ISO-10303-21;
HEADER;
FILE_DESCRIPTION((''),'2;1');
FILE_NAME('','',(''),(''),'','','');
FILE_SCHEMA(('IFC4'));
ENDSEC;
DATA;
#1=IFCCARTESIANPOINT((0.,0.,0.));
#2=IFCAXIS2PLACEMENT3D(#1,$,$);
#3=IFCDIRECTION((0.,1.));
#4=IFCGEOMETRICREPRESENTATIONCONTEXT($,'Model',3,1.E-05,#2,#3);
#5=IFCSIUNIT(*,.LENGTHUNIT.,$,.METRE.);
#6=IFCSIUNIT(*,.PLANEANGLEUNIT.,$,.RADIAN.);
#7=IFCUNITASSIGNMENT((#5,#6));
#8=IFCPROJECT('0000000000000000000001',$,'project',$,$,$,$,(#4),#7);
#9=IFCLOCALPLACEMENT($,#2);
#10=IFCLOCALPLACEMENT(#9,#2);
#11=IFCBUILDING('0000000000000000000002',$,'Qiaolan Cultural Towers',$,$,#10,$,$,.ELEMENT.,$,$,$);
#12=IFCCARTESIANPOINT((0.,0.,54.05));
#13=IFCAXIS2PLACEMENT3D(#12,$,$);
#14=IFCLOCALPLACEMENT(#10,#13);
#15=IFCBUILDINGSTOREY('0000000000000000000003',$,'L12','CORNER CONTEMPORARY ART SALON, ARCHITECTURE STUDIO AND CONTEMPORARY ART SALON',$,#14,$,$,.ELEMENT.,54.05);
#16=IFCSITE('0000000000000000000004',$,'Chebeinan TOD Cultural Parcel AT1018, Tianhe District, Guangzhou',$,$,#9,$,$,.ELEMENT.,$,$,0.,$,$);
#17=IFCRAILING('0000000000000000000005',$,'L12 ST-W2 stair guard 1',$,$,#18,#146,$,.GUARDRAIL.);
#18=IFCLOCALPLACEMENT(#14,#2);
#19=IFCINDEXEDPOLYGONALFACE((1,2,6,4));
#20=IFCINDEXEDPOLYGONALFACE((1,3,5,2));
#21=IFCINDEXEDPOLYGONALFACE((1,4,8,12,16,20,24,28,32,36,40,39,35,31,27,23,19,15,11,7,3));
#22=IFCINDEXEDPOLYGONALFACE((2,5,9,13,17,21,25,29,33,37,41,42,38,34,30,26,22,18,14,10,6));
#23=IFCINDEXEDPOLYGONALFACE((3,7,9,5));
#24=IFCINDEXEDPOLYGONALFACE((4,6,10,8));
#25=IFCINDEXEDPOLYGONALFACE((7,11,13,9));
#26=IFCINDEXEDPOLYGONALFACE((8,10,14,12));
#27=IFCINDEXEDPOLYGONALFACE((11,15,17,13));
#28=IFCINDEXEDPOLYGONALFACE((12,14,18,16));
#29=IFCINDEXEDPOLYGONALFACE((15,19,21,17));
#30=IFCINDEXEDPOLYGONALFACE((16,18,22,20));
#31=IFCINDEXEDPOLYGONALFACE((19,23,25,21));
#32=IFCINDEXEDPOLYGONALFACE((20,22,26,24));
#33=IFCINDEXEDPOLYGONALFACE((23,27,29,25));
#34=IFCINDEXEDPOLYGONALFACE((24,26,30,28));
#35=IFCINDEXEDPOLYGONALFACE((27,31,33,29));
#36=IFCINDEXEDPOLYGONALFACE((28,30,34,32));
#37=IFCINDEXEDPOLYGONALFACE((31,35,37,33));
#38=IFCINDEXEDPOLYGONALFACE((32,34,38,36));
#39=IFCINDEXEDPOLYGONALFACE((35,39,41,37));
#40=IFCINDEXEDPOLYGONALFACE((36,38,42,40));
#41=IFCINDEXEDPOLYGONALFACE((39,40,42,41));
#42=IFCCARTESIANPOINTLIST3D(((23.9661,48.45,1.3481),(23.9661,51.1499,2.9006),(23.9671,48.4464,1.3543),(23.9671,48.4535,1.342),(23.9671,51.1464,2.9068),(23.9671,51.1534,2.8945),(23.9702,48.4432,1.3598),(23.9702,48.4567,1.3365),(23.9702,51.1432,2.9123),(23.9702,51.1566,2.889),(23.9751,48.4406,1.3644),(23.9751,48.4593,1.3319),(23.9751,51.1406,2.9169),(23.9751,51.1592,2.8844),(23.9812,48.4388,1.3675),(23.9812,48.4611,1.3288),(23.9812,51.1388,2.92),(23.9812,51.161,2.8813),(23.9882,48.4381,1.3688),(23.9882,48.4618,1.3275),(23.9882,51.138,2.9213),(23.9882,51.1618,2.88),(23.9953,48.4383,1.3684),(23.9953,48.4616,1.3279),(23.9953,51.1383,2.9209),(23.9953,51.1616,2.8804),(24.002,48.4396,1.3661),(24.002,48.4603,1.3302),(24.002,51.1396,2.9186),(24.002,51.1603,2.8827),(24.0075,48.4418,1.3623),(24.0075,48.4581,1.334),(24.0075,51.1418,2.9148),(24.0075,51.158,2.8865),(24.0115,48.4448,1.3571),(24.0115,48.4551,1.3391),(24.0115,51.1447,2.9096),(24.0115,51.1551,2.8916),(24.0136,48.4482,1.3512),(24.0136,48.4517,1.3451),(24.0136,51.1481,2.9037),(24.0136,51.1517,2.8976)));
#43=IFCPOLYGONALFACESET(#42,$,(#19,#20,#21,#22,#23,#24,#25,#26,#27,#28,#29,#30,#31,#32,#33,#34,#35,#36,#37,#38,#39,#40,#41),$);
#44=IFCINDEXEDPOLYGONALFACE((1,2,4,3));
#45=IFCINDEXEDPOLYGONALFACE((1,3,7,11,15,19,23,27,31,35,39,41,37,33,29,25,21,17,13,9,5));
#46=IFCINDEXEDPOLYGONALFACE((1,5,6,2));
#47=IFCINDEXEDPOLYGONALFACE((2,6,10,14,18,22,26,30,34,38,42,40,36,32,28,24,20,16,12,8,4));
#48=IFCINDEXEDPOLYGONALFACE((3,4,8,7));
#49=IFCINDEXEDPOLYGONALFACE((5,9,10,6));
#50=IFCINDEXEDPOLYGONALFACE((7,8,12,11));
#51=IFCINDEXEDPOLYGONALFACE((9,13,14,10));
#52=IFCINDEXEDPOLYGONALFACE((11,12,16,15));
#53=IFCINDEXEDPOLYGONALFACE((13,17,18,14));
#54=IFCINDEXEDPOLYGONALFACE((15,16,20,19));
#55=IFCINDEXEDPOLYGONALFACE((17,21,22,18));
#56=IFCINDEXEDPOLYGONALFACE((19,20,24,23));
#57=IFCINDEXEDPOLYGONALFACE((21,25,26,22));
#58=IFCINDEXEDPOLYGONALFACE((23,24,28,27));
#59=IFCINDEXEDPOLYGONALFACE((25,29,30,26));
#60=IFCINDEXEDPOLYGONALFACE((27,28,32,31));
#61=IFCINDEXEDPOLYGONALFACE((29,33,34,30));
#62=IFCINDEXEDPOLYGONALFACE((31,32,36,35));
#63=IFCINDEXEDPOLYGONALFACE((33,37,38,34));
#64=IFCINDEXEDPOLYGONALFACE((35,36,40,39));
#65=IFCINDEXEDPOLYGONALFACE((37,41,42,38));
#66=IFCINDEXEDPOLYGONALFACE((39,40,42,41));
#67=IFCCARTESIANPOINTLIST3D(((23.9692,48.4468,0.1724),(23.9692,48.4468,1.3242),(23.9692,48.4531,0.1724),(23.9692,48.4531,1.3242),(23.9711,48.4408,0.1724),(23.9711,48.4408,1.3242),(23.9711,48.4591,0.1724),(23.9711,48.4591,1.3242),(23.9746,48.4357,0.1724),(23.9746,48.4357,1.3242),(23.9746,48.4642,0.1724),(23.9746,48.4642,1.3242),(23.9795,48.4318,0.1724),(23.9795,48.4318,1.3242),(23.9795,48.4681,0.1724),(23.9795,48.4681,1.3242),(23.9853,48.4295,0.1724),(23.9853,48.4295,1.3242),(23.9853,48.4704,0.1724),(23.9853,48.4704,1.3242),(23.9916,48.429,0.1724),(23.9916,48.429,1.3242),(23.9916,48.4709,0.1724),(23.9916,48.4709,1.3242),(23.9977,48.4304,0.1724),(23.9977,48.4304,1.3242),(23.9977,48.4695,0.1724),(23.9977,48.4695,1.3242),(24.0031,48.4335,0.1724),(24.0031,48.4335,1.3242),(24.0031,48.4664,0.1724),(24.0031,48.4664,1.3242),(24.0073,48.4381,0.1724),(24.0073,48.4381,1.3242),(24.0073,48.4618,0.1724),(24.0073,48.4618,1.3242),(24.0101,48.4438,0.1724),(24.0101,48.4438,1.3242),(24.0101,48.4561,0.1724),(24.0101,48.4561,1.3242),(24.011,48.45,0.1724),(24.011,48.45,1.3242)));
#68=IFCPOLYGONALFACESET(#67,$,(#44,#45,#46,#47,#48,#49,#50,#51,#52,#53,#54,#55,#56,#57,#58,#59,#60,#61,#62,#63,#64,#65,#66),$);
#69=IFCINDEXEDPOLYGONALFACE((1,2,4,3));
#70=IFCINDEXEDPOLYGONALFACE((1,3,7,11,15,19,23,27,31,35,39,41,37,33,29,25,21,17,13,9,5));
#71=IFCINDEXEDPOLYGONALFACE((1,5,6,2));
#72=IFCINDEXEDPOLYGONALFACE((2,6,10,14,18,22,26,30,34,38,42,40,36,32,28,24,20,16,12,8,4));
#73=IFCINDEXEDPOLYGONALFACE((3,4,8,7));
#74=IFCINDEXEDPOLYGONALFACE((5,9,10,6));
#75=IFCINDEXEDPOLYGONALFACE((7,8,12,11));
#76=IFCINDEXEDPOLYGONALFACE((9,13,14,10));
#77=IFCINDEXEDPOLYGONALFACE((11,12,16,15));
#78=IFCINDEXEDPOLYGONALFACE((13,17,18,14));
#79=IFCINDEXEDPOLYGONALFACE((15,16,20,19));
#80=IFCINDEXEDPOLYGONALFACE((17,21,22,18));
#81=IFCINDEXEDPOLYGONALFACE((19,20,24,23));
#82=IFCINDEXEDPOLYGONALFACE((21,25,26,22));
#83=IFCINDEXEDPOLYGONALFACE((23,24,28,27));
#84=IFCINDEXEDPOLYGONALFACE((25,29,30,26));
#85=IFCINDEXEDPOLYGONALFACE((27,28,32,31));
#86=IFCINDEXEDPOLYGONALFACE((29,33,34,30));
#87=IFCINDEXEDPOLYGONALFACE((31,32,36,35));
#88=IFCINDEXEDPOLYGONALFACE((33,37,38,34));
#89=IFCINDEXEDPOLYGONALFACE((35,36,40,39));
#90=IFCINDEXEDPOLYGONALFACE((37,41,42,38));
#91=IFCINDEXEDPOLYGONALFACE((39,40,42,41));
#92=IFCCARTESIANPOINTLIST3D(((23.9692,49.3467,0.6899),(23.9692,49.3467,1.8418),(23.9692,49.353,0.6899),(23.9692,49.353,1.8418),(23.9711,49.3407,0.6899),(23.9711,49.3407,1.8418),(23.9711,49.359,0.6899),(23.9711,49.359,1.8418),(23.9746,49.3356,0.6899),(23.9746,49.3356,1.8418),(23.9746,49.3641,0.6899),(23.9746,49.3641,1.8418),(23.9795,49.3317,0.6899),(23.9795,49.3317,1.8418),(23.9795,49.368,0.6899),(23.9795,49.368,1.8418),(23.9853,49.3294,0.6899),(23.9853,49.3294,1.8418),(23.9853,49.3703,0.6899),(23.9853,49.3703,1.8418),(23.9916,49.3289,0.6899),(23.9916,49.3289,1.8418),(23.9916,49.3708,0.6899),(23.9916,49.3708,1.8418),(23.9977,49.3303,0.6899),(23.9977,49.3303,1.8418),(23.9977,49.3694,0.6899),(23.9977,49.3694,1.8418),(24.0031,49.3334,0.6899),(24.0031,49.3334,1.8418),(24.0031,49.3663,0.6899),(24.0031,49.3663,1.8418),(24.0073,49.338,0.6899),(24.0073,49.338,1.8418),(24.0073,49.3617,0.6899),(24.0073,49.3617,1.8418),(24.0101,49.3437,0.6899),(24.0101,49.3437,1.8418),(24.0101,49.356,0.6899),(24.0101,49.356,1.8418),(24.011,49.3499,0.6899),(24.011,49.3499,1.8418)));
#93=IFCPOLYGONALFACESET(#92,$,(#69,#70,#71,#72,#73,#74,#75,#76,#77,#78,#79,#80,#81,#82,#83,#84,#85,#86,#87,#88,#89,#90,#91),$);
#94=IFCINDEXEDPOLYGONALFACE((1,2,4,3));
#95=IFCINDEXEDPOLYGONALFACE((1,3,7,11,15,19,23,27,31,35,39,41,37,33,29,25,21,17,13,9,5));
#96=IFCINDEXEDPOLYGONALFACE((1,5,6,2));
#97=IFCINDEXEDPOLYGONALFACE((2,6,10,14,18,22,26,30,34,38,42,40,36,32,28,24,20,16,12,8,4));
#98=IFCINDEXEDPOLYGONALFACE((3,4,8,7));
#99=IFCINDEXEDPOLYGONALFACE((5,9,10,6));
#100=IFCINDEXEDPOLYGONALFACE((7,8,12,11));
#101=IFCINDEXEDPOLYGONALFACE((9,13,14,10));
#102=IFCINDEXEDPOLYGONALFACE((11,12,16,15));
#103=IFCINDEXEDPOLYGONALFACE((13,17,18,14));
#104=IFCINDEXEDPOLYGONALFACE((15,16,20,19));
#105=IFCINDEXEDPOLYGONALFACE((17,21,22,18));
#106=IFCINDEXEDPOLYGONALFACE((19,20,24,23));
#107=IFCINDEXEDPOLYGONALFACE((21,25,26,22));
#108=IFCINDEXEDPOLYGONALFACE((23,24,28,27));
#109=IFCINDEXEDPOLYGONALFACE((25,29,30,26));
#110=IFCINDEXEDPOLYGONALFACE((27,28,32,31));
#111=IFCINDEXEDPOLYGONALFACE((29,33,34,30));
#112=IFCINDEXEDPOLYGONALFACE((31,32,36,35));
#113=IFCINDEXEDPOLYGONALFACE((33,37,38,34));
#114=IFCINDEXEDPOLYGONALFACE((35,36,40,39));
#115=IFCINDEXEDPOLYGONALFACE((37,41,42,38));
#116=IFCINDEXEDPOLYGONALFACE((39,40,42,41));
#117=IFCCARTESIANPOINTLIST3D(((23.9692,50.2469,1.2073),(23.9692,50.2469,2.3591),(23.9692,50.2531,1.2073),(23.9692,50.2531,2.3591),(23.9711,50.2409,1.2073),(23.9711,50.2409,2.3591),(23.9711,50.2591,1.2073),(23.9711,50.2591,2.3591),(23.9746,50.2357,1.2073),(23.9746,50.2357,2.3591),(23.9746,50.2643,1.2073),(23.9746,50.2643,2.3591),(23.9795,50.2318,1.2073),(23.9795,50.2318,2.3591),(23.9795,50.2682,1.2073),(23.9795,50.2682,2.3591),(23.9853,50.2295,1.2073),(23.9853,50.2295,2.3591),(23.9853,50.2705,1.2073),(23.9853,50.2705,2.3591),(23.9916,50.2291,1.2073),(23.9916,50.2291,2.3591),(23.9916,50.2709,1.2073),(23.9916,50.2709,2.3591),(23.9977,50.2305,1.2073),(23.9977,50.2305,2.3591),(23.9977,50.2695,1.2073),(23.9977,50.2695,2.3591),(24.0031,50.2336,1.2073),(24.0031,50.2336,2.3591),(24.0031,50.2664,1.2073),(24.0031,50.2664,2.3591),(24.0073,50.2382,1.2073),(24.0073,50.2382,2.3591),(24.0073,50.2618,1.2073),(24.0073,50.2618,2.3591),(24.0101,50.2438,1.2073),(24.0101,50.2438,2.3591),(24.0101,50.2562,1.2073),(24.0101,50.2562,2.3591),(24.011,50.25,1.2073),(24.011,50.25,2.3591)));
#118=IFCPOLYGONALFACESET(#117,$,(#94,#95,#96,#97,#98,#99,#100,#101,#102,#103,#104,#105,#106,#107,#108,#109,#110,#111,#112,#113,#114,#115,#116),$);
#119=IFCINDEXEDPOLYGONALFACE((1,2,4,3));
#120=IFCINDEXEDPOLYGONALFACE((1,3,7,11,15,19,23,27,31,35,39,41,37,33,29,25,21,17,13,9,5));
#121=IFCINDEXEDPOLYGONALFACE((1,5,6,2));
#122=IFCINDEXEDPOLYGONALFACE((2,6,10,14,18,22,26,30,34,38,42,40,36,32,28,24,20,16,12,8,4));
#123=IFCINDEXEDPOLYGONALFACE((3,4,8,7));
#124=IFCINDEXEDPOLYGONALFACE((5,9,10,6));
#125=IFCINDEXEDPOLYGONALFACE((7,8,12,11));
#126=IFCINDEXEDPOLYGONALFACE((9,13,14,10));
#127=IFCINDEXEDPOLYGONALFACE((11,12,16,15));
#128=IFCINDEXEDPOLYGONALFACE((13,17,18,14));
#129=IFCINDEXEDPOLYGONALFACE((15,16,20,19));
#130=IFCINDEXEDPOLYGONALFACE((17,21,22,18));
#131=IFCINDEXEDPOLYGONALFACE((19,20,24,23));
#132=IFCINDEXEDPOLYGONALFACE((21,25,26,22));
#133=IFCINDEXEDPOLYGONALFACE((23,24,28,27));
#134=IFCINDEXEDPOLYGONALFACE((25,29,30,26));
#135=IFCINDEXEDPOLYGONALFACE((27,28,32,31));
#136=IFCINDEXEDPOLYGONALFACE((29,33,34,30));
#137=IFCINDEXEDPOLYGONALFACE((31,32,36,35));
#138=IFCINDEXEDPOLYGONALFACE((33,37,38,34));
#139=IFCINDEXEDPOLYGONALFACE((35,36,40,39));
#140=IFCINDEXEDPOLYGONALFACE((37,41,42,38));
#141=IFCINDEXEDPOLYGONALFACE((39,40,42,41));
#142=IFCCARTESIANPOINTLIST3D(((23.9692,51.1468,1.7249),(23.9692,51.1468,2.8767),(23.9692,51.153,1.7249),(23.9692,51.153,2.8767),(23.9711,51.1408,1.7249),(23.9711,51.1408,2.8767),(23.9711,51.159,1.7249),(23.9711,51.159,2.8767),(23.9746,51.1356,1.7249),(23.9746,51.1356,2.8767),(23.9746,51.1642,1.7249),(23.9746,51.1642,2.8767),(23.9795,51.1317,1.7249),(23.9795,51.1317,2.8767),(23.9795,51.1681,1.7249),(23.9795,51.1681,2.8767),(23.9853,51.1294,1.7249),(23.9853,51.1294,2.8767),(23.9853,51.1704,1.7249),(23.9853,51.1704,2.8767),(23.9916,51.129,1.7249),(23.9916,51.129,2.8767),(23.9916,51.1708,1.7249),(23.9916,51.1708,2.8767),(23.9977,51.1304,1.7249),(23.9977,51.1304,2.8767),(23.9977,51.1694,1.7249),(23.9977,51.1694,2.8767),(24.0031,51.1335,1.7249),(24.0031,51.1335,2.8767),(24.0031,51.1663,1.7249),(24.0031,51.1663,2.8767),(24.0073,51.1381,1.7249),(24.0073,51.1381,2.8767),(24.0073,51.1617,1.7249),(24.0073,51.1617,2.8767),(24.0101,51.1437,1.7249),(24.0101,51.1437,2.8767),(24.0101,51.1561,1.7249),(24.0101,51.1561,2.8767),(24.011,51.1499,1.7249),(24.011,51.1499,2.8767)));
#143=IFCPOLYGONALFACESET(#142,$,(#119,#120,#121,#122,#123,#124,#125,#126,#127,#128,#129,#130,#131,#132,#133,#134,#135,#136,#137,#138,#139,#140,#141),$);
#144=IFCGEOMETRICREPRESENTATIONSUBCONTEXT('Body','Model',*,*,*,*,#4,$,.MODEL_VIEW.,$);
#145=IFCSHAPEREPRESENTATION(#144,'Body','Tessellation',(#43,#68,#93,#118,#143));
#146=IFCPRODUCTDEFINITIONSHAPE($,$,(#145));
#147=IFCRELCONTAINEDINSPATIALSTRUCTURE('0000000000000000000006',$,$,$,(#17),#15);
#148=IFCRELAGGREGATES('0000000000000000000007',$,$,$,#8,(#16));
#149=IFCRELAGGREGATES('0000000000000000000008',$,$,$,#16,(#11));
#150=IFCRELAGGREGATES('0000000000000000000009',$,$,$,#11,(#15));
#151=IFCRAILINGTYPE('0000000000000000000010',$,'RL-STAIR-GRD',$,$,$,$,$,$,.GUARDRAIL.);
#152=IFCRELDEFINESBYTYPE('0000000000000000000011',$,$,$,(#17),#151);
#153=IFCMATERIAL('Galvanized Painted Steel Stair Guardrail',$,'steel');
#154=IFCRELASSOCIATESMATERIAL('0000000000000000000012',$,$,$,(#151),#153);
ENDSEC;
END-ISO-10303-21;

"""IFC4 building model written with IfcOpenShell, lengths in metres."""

from ifc_helpers import new_model, si_unit, direction, frame, origin, origin_2d, place, context, subcontext, project, spatial, circle, extrude, material, type_object, element, save


model = new_model("IFC4")

# Units and contexts
model_context = context("Model", 3, precision=1e-05, world=origin(), true_north=direction((0.0, 1.0)))
body_context = subcontext(model_context, "Body", "Model", "MODEL_VIEW")
ifc_project = project(units=[si_unit("LENGTHUNIT", "METRE"), si_unit("PLANEANGLEUNIT", "RADIAN")], contexts=[model_context])

# Site, building, storey
site_placement = place(None, origin())
site = spatial("IfcSite", under=ifc_project, at=site_placement, Name="Chebeinan TOD Cultural Parcel AT1018, Tianhe District, Guangzhou", CompositionType="ELEMENT", RefElevation=0.0)
building_placement = place(site_placement, origin())
building = spatial("IfcBuilding", under=site, at=building_placement, Name="Qiaolan Cultural Towers", CompositionType="ELEMENT")
storey_placement = place(building_placement, frame((0.0, 0.0, 54.05)))
storey = spatial("IfcBuildingStorey", under=building, at=storey_placement, Name="L12", Description="CORNER CONTEMPORARY ART SALON, ARCHITECTURE STUDIO AND CONTEMPORARY ART SALON", CompositionType="ELEMENT", Elevation=54.05)

# Railing
ifc_material_1 = material(Name="Galvanized Painted Steel Stair Guardrail", Category="steel")
railing_type = type_object("IfcRailingType", Name="RL-STAIR-GRD", PredefinedType="GUARDRAIL", material=ifc_material_1)
railing_1_placement = place(storey_placement, frame((23.99, 48.45, 0.1724)))
element("IfcRailing", 1, at=railing_1_placement, inside=storey, type_object=railing_type, Name="L12 ST-W2 stair guard 1", PredefinedType="GUARDRAIL", context=body_context, shape_type="SweptSolid", body=[
    extrude(circle(Radius=0.0239, at=origin_2d()), frame((0.0, 0.0, 1.1758), z_axis=(0.0, 0.866904, 0.498476), x_axis=(-1.0, 0.0, 0.0)), (0.0, 0.0, 1.0), 3.1145),
    extrude(circle(Radius=0.021, at=origin_2d()), origin(), (0.0, 0.0, 1.0), 1.1519),
    extrude(circle(Radius=0.021, at=origin_2d()), frame((0.0, 0.8999, 0.5176)), (0.0, 0.0, 1.0), 1.1519),
    extrude(circle(Radius=0.021, at=origin_2d()), frame((0.0, 1.8, 1.0349)), (0.0, 0.0, 1.0), 1.1519),
    extrude(circle(Radius=0.021, at=origin_2d()), frame((0.0, 2.7, 1.5525)), (0.0, 0.0, 1.0), 1.1519),
])

save(model, "model.ifc")
